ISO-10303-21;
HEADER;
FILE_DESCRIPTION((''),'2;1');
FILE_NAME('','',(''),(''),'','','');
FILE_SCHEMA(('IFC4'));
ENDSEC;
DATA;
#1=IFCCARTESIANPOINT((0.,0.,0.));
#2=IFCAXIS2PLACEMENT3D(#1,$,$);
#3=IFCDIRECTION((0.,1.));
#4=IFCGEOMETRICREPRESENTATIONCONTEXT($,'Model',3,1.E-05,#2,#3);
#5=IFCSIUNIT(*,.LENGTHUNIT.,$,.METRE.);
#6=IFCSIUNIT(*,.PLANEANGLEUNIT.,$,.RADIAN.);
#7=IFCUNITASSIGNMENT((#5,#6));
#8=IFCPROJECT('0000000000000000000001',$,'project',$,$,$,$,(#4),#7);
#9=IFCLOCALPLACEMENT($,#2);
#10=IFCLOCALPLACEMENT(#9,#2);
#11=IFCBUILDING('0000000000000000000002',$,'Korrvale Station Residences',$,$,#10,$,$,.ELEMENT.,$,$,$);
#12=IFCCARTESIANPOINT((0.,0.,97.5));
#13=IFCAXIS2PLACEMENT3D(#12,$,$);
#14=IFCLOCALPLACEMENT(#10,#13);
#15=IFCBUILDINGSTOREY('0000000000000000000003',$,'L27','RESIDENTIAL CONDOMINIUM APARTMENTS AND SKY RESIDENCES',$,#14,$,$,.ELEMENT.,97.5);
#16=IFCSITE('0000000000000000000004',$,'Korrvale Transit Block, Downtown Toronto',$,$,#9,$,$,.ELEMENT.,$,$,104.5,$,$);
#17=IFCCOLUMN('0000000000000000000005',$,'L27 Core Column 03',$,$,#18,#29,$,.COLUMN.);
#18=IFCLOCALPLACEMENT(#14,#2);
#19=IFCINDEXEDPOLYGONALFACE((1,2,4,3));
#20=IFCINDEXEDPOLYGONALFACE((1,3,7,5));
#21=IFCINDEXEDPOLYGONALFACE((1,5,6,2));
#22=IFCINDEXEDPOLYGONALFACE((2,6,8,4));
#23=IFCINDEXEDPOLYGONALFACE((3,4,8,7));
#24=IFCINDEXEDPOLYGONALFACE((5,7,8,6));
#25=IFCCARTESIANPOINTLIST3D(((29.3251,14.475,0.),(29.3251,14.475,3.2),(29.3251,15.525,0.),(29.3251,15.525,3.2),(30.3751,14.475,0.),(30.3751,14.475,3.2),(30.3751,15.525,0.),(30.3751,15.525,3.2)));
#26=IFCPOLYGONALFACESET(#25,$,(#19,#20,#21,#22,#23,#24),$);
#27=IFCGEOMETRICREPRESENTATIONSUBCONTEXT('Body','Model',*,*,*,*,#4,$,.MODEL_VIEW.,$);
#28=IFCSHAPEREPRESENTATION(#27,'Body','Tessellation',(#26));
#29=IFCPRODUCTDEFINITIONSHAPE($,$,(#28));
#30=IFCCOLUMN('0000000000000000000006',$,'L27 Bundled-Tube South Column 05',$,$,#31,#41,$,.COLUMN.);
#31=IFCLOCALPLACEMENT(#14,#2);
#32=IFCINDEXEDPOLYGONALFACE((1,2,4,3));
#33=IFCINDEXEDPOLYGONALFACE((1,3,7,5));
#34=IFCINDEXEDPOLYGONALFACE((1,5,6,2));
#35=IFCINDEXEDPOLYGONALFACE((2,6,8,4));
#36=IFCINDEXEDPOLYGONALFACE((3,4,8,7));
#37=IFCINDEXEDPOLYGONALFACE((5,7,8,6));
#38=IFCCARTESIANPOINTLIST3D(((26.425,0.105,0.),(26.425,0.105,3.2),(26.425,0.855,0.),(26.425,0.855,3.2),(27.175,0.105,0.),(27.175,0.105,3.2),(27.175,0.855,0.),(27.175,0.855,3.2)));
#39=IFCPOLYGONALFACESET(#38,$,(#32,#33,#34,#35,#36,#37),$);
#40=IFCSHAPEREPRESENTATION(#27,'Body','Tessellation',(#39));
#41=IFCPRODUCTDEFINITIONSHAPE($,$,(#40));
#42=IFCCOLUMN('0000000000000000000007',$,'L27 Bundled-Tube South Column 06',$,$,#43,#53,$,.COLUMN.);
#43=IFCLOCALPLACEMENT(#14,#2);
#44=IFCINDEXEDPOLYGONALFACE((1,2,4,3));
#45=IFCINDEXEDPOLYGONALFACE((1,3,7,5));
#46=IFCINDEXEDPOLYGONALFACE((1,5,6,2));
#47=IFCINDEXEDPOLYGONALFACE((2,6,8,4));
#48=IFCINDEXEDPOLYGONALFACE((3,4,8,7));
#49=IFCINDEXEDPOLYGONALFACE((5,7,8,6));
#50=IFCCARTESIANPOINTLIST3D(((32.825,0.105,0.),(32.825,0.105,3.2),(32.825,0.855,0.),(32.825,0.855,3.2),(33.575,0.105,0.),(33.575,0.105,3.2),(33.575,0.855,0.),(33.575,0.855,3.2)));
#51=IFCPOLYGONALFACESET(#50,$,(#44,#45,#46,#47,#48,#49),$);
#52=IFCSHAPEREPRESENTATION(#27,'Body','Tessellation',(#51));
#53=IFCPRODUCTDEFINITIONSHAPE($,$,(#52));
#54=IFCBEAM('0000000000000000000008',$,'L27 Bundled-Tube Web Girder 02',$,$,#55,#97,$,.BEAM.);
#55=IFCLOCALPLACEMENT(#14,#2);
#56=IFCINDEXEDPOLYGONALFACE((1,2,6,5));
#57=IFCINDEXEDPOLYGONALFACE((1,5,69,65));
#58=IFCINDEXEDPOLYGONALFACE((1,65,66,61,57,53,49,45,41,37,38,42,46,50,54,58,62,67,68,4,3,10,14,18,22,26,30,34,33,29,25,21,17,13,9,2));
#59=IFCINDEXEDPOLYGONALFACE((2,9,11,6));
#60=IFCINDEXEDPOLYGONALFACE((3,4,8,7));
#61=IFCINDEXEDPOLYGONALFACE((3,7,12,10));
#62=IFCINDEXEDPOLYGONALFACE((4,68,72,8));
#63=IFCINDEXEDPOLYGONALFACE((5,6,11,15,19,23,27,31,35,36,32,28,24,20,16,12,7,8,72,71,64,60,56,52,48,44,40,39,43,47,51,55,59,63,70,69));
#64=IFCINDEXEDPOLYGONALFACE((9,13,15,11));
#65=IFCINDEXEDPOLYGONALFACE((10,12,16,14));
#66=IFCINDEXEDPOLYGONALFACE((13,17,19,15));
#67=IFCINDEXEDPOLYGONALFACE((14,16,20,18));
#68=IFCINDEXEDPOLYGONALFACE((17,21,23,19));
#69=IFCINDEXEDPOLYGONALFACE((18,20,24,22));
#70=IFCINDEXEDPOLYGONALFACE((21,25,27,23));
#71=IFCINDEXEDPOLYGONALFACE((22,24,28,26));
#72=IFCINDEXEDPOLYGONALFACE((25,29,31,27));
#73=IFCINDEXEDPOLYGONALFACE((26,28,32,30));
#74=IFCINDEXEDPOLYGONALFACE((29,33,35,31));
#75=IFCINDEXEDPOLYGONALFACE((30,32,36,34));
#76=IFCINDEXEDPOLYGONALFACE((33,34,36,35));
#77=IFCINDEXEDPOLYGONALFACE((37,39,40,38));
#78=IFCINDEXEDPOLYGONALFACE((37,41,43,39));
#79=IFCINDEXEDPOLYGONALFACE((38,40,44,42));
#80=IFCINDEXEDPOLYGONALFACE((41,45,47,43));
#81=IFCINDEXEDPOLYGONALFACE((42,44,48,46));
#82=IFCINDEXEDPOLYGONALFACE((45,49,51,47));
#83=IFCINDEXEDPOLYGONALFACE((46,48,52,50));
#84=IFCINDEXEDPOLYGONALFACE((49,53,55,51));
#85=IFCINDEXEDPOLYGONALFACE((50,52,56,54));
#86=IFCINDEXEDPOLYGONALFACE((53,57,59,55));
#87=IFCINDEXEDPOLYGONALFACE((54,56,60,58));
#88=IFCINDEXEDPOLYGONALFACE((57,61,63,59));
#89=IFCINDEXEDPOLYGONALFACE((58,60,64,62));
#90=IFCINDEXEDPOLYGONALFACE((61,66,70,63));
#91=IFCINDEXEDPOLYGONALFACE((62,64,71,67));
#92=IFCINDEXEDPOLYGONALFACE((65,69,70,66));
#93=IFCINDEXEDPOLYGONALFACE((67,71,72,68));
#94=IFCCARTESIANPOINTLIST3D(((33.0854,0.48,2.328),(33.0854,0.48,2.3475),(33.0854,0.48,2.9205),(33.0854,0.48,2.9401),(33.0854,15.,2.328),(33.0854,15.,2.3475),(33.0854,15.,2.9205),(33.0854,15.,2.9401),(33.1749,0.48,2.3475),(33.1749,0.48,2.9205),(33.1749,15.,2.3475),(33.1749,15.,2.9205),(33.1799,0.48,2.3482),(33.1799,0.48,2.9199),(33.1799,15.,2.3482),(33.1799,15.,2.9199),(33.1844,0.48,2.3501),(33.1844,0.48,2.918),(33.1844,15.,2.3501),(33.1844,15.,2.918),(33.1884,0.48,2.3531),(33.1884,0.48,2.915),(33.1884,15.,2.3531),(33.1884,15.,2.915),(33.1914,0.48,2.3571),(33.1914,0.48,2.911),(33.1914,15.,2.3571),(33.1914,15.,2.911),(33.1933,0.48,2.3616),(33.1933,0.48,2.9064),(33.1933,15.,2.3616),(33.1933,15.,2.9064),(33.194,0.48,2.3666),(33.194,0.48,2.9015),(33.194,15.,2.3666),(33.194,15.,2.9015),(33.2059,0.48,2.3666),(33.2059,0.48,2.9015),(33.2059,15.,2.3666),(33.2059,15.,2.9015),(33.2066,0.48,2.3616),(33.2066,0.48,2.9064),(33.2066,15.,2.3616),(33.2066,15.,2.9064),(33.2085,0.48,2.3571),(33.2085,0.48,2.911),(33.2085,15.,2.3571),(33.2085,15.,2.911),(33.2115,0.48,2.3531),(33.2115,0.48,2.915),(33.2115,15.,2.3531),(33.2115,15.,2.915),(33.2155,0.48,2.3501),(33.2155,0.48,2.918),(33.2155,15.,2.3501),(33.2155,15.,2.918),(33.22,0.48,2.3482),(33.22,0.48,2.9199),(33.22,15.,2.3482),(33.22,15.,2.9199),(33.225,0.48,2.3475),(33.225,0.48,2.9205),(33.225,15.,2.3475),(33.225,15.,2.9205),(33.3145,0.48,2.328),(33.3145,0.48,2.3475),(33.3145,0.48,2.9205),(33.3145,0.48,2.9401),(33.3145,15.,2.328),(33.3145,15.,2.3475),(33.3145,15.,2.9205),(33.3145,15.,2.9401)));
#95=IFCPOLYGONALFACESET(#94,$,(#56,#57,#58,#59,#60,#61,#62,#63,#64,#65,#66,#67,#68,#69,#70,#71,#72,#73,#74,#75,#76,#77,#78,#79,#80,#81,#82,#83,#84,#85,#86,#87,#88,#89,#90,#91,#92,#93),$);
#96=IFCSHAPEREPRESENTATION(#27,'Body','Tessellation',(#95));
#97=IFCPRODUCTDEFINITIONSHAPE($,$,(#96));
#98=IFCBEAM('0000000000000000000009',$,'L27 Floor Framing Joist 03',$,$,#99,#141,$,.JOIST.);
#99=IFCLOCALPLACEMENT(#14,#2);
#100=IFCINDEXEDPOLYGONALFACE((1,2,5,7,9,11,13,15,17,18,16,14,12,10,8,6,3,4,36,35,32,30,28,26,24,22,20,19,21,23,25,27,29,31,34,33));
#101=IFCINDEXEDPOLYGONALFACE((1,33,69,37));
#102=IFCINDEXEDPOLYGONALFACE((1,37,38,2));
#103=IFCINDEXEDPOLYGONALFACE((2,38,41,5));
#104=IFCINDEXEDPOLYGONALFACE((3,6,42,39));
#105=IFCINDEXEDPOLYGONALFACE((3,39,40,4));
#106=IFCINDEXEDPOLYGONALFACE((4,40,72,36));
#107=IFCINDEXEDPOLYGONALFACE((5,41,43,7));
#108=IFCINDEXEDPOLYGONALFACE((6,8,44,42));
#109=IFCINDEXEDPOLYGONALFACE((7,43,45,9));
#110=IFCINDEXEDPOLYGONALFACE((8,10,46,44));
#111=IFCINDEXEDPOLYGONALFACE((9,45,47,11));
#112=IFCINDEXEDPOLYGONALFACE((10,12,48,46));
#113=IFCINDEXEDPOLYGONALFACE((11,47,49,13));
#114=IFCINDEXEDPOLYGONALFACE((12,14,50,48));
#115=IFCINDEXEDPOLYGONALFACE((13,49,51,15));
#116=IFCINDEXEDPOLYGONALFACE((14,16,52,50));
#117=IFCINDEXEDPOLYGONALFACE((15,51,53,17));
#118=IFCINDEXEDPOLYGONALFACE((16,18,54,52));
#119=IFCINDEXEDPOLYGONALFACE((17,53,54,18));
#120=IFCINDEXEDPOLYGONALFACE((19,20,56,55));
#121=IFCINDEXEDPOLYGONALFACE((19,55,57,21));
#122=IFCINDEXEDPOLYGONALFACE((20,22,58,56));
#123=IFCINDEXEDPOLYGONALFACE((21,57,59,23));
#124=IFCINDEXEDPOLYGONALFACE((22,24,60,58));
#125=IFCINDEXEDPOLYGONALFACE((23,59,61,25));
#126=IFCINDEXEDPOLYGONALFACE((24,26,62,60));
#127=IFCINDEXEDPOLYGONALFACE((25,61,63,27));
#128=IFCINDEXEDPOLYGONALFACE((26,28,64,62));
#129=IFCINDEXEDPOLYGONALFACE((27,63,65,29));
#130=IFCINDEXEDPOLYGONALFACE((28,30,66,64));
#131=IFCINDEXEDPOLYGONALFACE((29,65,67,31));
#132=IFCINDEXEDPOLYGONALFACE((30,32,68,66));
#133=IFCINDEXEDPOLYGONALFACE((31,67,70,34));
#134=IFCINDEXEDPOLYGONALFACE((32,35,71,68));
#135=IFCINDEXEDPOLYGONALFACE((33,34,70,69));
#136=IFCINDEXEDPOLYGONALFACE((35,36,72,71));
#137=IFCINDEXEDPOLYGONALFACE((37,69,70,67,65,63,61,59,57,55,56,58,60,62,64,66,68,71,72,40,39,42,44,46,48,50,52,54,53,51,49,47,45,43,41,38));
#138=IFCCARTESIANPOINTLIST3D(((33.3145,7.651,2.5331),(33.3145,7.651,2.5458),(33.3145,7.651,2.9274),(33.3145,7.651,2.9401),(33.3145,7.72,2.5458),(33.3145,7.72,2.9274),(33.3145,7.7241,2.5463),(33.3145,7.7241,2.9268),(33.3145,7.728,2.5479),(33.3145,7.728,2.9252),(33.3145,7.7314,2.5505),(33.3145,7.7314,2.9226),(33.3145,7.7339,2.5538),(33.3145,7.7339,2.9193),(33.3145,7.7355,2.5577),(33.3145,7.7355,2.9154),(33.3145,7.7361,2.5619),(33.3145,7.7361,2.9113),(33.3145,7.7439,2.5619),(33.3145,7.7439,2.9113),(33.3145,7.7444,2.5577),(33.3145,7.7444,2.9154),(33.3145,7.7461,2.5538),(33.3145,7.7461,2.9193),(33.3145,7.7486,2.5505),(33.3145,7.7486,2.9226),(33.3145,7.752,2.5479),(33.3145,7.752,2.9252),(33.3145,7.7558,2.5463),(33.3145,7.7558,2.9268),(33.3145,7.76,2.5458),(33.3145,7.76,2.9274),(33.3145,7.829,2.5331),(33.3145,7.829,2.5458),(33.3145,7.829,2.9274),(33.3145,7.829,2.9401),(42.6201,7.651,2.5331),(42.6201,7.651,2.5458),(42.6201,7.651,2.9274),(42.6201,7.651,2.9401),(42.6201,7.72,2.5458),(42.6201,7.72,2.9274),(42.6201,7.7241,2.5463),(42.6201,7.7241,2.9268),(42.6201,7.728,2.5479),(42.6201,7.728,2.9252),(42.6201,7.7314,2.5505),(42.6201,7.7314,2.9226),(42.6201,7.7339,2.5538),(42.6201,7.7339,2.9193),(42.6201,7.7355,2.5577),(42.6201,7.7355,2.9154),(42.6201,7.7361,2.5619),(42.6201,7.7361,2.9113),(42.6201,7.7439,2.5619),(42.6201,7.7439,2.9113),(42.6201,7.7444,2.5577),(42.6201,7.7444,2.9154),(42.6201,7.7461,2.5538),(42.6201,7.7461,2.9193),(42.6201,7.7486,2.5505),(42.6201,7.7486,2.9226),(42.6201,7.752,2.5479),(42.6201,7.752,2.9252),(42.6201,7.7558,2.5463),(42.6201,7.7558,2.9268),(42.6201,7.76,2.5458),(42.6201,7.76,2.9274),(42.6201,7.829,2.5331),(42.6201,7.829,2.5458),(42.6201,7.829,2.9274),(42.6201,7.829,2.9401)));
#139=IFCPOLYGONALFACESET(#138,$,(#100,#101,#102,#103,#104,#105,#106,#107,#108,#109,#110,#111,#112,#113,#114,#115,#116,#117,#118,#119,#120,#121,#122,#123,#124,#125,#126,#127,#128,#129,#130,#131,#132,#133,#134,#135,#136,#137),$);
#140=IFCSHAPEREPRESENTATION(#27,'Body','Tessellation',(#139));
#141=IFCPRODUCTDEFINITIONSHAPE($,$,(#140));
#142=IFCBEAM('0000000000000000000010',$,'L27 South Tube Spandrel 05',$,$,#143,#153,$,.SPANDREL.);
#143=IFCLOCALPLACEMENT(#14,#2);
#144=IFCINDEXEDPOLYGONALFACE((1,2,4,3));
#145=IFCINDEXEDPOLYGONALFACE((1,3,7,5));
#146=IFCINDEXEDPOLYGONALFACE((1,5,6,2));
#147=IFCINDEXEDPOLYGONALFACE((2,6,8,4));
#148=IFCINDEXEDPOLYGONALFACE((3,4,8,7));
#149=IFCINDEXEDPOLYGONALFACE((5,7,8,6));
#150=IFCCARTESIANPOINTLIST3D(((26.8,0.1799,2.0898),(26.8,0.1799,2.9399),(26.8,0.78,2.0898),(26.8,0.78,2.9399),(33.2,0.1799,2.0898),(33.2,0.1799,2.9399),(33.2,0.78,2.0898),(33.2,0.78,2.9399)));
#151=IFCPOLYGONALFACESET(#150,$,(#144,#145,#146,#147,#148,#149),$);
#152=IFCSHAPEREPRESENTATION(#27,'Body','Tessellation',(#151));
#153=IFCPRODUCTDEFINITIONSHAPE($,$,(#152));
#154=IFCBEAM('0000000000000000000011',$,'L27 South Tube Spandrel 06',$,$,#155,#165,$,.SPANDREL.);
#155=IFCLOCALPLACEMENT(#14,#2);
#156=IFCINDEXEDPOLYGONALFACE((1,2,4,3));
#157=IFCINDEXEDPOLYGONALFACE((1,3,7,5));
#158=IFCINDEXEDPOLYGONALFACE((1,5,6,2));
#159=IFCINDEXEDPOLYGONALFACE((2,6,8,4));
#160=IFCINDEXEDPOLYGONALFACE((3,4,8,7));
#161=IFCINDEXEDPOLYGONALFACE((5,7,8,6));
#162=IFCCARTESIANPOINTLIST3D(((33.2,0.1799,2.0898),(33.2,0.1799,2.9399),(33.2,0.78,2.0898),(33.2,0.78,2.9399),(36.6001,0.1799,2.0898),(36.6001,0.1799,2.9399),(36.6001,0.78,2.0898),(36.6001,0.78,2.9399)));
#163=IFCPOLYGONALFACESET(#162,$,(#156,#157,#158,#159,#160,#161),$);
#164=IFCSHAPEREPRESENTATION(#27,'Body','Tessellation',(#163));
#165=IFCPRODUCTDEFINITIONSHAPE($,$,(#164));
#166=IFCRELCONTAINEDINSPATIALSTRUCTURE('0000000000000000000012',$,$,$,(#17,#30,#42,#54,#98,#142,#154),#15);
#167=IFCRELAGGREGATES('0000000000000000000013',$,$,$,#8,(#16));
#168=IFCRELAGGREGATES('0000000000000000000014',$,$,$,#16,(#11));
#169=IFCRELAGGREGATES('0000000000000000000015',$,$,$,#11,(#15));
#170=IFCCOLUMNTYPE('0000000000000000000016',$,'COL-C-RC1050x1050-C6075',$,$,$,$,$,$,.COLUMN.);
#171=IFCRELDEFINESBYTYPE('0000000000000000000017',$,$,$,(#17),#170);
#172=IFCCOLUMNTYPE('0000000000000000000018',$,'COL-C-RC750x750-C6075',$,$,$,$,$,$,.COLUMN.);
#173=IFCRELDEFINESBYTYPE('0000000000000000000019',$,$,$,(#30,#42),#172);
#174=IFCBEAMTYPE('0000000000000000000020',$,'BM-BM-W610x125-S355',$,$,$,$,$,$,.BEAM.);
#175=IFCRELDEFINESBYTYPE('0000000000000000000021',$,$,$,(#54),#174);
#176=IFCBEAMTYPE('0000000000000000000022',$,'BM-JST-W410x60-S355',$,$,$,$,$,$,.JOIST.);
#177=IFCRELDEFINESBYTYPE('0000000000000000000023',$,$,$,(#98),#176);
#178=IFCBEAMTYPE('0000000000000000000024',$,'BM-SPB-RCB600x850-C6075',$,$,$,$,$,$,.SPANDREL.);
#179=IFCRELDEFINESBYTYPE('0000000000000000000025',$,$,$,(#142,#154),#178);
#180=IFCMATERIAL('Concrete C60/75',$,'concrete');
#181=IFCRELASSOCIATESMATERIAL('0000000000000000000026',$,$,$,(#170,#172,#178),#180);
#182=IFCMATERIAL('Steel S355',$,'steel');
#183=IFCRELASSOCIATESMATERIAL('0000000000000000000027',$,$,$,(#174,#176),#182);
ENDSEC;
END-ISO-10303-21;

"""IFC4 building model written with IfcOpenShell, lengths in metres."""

from ifc_helpers import new_model, si_unit, direction, frame, origin, origin_2d, place, context, subcontext, project, spatial, rectangle, i_section, extrude, material, material_profile, profile_set, type_object, element, save


model = new_model("IFC4")

# Units and contexts
model_context = context("Model", 3, precision=1e-05, world=origin(), true_north=direction((0.0, 1.0)))
body_context = subcontext(model_context, "Body", "Model", "MODEL_VIEW")
ifc_project = project(units=[si_unit("LENGTHUNIT", "METRE"), si_unit("PLANEANGLEUNIT", "RADIAN")], contexts=[model_context])

# Site, building, storey
site_placement = place(None, origin())
site = spatial("IfcSite", under=ifc_project, at=site_placement, Name="Korrvale Transit Block, Downtown Toronto", CompositionType="ELEMENT", RefElevation=104.5)
building_placement = place(site_placement, origin())
building = spatial("IfcBuilding", under=site, at=building_placement, Name="Korrvale Station Residences", CompositionType="ELEMENT")
storey_placement = place(building_placement, frame((0.0, 0.0, 97.5)))
storey = spatial("IfcBuildingStorey", under=building, at=storey_placement, Name="L27", Description="RESIDENTIAL CONDOMINIUM APARTMENTS AND SKY RESIDENCES", CompositionType="ELEMENT", Elevation=97.5)

# Columns
ifc_material_1 = material(Name="Concrete C60/75", Category="concrete")
ifc_material_profile_1 = material_profile(ifc_material_1, rectangle(XDim=1.05, YDim=1.05, at=origin_2d()), Name="RC1050x1050")
ifc_profile_set_1 = profile_set([ifc_material_profile_1], Name="Concrete C60/75")
column_type_1 = type_object("IfcColumnType", Name="COL-C-RC1050x1050-C6075", PredefinedType="COLUMN", material=ifc_profile_set_1)
column_placement = place(storey_placement, frame((29.8501, 15.0, 0.0), z_axis=(0.0, 0.0, 1.0), x_axis=(1.0, 0.0, 0.0)))
element("IfcColumn", 1, at=column_placement, inside=storey, type_object=column_type_1, Name="L27 Core Column 03", PredefinedType="COLUMN", context=body_context, shape_type="SweptSolid", body=[
    extrude(rectangle(XDim=1.05, YDim=1.05, at=origin_2d()), origin(), (0.0, 0.0, 1.0), 3.2),
])
ifc_material_profile_2 = material_profile(ifc_material_1, rectangle(XDim=0.75, YDim=0.75, at=origin_2d()), Name="RC750x750")
ifc_profile_set_2 = profile_set([ifc_material_profile_2], Name="Concrete C60/75")
column_type_2 = type_object("IfcColumnType", Name="COL-C-RC750x750-C6075", PredefinedType="COLUMN", material=ifc_profile_set_2)
for number, where, z_axis, x_axis, name in (
    (2, (26.8, 0.48, 0.0), (0.0, 0.0, 1.0), (1.0, 0.0, 0.0), "L27 Bundled-Tube South Column 05"),
    (3, (33.2, 0.48, 0.0), (0.0, 0.0, 1.0), (1.0, 0.0, 0.0), "L27 Bundled-Tube South Column 06"),
):
    element("IfcColumn", number, at=place(storey_placement, frame(where, z_axis=z_axis, x_axis=x_axis)), inside=storey, type_object=column_type_2, Name=name, PredefinedType="COLUMN", context=body_context, shape_type="SweptSolid", body=[
        extrude(rectangle(XDim=0.75, YDim=0.75, at=origin_2d()), origin(), (0.0, 0.0, 1.0), 3.2),
    ])

# Beams
ifc_material_2 = material(Name="Steel S355", Category="steel")
ifc_material_profile_3 = material_profile(ifc_material_2, i_section(OverallWidth=0.229, OverallDepth=0.6121, WebThickness=0.012, FlangeThickness=0.0195, FilletRadius=0.019, at=origin_2d()), Name="W610x125")
ifc_profile_set_3 = profile_set([ifc_material_profile_3], Name="Steel S355")
beam_type_1 = type_object("IfcBeamType", Name="BM-BM-W610x125-S355", PredefinedType="BEAM", material=ifc_profile_set_3)
beam_1_placement = place(storey_placement, frame((33.2, 0.48, 2.634), z_axis=(0.0, 1.0, 0.0), x_axis=(-1.0, 0.0, 0.0)))
element("IfcBeam", 4, at=beam_1_placement, inside=storey, type_object=beam_type_1, Name="L27 Bundled-Tube Web Girder 02", PredefinedType="BEAM", context=body_context, shape_type="SweptSolid", body=[
    extrude(i_section(OverallWidth=0.229, OverallDepth=0.6121, WebThickness=0.012, FlangeThickness=0.0195, FilletRadius=0.019, at=origin_2d()), origin(), (0.0, 0.0, 1.0), 14.52),
])
ifc_material_profile_4 = material_profile(ifc_material_2, i_section(OverallWidth=0.178, OverallDepth=0.407, WebThickness=0.0078, FlangeThickness=0.0127, FilletRadius=0.0161, at=origin_2d()), Name="W410x60")
ifc_profile_set_4 = profile_set([ifc_material_profile_4], Name="Steel S355")
beam_type_2 = type_object("IfcBeamType", Name="BM-JST-W410x60-S355", PredefinedType="JOIST", material=ifc_profile_set_4)
beam_2_placement = place(storey_placement, frame((33.3145, 7.74, 2.7366), z_axis=(1.0, 0.0, 0.0), x_axis=(0.0, 1.0, 0.0)))
element("IfcBeam", 5, at=beam_2_placement, inside=storey, type_object=beam_type_2, Name="L27 Floor Framing Joist 03", PredefinedType="JOIST", context=body_context, shape_type="SweptSolid", body=[
    extrude(i_section(OverallWidth=0.178, OverallDepth=0.407, WebThickness=0.0078, FlangeThickness=0.0127, FilletRadius=0.0161, at=origin_2d()), origin(), (0.0, 0.0, 1.0), 9.3057),
])
ifc_material_profile_5 = material_profile(ifc_material_1, rectangle(XDim=0.6001, YDim=0.8501, at=origin_2d()), Name="RCB600x850")
ifc_profile_set_5 = profile_set([ifc_material_profile_5], Name="Concrete C60/75")
beam_type_3 = type_object("IfcBeamType", Name="BM-SPB-RCB600x850-C6075", PredefinedType="SPANDREL", material=ifc_profile_set_5)
beam_3_placement = place(storey_placement, frame((26.8, 0.48, 2.5149), z_axis=(1.0, 0.0, 0.0), x_axis=(0.0, 1.0, 0.0)))
element("IfcBeam", 6, at=beam_3_placement, inside=storey, type_object=beam_type_3, Name="L27 South Tube Spandrel 05", PredefinedType="SPANDREL", context=body_context, shape_type="SweptSolid", body=[
    extrude(rectangle(XDim=0.6001, YDim=0.8501, at=origin_2d()), origin(), (0.0, 0.0, 1.0), 6.3999),
])
beam_4_placement = place(storey_placement, frame((33.2, 0.48, 2.5149), z_axis=(1.0, 0.0, 0.0), x_axis=(0.0, 1.0, 0.0)))
element("IfcBeam", 7, at=beam_4_placement, inside=storey, type_object=beam_type_3, Name="L27 South Tube Spandrel 06", PredefinedType="SPANDREL", context=body_context, shape_type="SweptSolid", body=[
    extrude(rectangle(XDim=0.6001, YDim=0.8501, at=origin_2d()), origin(), (0.0, 0.0, 1.0), 3.4001),
])

save(model, "model.ifc")
